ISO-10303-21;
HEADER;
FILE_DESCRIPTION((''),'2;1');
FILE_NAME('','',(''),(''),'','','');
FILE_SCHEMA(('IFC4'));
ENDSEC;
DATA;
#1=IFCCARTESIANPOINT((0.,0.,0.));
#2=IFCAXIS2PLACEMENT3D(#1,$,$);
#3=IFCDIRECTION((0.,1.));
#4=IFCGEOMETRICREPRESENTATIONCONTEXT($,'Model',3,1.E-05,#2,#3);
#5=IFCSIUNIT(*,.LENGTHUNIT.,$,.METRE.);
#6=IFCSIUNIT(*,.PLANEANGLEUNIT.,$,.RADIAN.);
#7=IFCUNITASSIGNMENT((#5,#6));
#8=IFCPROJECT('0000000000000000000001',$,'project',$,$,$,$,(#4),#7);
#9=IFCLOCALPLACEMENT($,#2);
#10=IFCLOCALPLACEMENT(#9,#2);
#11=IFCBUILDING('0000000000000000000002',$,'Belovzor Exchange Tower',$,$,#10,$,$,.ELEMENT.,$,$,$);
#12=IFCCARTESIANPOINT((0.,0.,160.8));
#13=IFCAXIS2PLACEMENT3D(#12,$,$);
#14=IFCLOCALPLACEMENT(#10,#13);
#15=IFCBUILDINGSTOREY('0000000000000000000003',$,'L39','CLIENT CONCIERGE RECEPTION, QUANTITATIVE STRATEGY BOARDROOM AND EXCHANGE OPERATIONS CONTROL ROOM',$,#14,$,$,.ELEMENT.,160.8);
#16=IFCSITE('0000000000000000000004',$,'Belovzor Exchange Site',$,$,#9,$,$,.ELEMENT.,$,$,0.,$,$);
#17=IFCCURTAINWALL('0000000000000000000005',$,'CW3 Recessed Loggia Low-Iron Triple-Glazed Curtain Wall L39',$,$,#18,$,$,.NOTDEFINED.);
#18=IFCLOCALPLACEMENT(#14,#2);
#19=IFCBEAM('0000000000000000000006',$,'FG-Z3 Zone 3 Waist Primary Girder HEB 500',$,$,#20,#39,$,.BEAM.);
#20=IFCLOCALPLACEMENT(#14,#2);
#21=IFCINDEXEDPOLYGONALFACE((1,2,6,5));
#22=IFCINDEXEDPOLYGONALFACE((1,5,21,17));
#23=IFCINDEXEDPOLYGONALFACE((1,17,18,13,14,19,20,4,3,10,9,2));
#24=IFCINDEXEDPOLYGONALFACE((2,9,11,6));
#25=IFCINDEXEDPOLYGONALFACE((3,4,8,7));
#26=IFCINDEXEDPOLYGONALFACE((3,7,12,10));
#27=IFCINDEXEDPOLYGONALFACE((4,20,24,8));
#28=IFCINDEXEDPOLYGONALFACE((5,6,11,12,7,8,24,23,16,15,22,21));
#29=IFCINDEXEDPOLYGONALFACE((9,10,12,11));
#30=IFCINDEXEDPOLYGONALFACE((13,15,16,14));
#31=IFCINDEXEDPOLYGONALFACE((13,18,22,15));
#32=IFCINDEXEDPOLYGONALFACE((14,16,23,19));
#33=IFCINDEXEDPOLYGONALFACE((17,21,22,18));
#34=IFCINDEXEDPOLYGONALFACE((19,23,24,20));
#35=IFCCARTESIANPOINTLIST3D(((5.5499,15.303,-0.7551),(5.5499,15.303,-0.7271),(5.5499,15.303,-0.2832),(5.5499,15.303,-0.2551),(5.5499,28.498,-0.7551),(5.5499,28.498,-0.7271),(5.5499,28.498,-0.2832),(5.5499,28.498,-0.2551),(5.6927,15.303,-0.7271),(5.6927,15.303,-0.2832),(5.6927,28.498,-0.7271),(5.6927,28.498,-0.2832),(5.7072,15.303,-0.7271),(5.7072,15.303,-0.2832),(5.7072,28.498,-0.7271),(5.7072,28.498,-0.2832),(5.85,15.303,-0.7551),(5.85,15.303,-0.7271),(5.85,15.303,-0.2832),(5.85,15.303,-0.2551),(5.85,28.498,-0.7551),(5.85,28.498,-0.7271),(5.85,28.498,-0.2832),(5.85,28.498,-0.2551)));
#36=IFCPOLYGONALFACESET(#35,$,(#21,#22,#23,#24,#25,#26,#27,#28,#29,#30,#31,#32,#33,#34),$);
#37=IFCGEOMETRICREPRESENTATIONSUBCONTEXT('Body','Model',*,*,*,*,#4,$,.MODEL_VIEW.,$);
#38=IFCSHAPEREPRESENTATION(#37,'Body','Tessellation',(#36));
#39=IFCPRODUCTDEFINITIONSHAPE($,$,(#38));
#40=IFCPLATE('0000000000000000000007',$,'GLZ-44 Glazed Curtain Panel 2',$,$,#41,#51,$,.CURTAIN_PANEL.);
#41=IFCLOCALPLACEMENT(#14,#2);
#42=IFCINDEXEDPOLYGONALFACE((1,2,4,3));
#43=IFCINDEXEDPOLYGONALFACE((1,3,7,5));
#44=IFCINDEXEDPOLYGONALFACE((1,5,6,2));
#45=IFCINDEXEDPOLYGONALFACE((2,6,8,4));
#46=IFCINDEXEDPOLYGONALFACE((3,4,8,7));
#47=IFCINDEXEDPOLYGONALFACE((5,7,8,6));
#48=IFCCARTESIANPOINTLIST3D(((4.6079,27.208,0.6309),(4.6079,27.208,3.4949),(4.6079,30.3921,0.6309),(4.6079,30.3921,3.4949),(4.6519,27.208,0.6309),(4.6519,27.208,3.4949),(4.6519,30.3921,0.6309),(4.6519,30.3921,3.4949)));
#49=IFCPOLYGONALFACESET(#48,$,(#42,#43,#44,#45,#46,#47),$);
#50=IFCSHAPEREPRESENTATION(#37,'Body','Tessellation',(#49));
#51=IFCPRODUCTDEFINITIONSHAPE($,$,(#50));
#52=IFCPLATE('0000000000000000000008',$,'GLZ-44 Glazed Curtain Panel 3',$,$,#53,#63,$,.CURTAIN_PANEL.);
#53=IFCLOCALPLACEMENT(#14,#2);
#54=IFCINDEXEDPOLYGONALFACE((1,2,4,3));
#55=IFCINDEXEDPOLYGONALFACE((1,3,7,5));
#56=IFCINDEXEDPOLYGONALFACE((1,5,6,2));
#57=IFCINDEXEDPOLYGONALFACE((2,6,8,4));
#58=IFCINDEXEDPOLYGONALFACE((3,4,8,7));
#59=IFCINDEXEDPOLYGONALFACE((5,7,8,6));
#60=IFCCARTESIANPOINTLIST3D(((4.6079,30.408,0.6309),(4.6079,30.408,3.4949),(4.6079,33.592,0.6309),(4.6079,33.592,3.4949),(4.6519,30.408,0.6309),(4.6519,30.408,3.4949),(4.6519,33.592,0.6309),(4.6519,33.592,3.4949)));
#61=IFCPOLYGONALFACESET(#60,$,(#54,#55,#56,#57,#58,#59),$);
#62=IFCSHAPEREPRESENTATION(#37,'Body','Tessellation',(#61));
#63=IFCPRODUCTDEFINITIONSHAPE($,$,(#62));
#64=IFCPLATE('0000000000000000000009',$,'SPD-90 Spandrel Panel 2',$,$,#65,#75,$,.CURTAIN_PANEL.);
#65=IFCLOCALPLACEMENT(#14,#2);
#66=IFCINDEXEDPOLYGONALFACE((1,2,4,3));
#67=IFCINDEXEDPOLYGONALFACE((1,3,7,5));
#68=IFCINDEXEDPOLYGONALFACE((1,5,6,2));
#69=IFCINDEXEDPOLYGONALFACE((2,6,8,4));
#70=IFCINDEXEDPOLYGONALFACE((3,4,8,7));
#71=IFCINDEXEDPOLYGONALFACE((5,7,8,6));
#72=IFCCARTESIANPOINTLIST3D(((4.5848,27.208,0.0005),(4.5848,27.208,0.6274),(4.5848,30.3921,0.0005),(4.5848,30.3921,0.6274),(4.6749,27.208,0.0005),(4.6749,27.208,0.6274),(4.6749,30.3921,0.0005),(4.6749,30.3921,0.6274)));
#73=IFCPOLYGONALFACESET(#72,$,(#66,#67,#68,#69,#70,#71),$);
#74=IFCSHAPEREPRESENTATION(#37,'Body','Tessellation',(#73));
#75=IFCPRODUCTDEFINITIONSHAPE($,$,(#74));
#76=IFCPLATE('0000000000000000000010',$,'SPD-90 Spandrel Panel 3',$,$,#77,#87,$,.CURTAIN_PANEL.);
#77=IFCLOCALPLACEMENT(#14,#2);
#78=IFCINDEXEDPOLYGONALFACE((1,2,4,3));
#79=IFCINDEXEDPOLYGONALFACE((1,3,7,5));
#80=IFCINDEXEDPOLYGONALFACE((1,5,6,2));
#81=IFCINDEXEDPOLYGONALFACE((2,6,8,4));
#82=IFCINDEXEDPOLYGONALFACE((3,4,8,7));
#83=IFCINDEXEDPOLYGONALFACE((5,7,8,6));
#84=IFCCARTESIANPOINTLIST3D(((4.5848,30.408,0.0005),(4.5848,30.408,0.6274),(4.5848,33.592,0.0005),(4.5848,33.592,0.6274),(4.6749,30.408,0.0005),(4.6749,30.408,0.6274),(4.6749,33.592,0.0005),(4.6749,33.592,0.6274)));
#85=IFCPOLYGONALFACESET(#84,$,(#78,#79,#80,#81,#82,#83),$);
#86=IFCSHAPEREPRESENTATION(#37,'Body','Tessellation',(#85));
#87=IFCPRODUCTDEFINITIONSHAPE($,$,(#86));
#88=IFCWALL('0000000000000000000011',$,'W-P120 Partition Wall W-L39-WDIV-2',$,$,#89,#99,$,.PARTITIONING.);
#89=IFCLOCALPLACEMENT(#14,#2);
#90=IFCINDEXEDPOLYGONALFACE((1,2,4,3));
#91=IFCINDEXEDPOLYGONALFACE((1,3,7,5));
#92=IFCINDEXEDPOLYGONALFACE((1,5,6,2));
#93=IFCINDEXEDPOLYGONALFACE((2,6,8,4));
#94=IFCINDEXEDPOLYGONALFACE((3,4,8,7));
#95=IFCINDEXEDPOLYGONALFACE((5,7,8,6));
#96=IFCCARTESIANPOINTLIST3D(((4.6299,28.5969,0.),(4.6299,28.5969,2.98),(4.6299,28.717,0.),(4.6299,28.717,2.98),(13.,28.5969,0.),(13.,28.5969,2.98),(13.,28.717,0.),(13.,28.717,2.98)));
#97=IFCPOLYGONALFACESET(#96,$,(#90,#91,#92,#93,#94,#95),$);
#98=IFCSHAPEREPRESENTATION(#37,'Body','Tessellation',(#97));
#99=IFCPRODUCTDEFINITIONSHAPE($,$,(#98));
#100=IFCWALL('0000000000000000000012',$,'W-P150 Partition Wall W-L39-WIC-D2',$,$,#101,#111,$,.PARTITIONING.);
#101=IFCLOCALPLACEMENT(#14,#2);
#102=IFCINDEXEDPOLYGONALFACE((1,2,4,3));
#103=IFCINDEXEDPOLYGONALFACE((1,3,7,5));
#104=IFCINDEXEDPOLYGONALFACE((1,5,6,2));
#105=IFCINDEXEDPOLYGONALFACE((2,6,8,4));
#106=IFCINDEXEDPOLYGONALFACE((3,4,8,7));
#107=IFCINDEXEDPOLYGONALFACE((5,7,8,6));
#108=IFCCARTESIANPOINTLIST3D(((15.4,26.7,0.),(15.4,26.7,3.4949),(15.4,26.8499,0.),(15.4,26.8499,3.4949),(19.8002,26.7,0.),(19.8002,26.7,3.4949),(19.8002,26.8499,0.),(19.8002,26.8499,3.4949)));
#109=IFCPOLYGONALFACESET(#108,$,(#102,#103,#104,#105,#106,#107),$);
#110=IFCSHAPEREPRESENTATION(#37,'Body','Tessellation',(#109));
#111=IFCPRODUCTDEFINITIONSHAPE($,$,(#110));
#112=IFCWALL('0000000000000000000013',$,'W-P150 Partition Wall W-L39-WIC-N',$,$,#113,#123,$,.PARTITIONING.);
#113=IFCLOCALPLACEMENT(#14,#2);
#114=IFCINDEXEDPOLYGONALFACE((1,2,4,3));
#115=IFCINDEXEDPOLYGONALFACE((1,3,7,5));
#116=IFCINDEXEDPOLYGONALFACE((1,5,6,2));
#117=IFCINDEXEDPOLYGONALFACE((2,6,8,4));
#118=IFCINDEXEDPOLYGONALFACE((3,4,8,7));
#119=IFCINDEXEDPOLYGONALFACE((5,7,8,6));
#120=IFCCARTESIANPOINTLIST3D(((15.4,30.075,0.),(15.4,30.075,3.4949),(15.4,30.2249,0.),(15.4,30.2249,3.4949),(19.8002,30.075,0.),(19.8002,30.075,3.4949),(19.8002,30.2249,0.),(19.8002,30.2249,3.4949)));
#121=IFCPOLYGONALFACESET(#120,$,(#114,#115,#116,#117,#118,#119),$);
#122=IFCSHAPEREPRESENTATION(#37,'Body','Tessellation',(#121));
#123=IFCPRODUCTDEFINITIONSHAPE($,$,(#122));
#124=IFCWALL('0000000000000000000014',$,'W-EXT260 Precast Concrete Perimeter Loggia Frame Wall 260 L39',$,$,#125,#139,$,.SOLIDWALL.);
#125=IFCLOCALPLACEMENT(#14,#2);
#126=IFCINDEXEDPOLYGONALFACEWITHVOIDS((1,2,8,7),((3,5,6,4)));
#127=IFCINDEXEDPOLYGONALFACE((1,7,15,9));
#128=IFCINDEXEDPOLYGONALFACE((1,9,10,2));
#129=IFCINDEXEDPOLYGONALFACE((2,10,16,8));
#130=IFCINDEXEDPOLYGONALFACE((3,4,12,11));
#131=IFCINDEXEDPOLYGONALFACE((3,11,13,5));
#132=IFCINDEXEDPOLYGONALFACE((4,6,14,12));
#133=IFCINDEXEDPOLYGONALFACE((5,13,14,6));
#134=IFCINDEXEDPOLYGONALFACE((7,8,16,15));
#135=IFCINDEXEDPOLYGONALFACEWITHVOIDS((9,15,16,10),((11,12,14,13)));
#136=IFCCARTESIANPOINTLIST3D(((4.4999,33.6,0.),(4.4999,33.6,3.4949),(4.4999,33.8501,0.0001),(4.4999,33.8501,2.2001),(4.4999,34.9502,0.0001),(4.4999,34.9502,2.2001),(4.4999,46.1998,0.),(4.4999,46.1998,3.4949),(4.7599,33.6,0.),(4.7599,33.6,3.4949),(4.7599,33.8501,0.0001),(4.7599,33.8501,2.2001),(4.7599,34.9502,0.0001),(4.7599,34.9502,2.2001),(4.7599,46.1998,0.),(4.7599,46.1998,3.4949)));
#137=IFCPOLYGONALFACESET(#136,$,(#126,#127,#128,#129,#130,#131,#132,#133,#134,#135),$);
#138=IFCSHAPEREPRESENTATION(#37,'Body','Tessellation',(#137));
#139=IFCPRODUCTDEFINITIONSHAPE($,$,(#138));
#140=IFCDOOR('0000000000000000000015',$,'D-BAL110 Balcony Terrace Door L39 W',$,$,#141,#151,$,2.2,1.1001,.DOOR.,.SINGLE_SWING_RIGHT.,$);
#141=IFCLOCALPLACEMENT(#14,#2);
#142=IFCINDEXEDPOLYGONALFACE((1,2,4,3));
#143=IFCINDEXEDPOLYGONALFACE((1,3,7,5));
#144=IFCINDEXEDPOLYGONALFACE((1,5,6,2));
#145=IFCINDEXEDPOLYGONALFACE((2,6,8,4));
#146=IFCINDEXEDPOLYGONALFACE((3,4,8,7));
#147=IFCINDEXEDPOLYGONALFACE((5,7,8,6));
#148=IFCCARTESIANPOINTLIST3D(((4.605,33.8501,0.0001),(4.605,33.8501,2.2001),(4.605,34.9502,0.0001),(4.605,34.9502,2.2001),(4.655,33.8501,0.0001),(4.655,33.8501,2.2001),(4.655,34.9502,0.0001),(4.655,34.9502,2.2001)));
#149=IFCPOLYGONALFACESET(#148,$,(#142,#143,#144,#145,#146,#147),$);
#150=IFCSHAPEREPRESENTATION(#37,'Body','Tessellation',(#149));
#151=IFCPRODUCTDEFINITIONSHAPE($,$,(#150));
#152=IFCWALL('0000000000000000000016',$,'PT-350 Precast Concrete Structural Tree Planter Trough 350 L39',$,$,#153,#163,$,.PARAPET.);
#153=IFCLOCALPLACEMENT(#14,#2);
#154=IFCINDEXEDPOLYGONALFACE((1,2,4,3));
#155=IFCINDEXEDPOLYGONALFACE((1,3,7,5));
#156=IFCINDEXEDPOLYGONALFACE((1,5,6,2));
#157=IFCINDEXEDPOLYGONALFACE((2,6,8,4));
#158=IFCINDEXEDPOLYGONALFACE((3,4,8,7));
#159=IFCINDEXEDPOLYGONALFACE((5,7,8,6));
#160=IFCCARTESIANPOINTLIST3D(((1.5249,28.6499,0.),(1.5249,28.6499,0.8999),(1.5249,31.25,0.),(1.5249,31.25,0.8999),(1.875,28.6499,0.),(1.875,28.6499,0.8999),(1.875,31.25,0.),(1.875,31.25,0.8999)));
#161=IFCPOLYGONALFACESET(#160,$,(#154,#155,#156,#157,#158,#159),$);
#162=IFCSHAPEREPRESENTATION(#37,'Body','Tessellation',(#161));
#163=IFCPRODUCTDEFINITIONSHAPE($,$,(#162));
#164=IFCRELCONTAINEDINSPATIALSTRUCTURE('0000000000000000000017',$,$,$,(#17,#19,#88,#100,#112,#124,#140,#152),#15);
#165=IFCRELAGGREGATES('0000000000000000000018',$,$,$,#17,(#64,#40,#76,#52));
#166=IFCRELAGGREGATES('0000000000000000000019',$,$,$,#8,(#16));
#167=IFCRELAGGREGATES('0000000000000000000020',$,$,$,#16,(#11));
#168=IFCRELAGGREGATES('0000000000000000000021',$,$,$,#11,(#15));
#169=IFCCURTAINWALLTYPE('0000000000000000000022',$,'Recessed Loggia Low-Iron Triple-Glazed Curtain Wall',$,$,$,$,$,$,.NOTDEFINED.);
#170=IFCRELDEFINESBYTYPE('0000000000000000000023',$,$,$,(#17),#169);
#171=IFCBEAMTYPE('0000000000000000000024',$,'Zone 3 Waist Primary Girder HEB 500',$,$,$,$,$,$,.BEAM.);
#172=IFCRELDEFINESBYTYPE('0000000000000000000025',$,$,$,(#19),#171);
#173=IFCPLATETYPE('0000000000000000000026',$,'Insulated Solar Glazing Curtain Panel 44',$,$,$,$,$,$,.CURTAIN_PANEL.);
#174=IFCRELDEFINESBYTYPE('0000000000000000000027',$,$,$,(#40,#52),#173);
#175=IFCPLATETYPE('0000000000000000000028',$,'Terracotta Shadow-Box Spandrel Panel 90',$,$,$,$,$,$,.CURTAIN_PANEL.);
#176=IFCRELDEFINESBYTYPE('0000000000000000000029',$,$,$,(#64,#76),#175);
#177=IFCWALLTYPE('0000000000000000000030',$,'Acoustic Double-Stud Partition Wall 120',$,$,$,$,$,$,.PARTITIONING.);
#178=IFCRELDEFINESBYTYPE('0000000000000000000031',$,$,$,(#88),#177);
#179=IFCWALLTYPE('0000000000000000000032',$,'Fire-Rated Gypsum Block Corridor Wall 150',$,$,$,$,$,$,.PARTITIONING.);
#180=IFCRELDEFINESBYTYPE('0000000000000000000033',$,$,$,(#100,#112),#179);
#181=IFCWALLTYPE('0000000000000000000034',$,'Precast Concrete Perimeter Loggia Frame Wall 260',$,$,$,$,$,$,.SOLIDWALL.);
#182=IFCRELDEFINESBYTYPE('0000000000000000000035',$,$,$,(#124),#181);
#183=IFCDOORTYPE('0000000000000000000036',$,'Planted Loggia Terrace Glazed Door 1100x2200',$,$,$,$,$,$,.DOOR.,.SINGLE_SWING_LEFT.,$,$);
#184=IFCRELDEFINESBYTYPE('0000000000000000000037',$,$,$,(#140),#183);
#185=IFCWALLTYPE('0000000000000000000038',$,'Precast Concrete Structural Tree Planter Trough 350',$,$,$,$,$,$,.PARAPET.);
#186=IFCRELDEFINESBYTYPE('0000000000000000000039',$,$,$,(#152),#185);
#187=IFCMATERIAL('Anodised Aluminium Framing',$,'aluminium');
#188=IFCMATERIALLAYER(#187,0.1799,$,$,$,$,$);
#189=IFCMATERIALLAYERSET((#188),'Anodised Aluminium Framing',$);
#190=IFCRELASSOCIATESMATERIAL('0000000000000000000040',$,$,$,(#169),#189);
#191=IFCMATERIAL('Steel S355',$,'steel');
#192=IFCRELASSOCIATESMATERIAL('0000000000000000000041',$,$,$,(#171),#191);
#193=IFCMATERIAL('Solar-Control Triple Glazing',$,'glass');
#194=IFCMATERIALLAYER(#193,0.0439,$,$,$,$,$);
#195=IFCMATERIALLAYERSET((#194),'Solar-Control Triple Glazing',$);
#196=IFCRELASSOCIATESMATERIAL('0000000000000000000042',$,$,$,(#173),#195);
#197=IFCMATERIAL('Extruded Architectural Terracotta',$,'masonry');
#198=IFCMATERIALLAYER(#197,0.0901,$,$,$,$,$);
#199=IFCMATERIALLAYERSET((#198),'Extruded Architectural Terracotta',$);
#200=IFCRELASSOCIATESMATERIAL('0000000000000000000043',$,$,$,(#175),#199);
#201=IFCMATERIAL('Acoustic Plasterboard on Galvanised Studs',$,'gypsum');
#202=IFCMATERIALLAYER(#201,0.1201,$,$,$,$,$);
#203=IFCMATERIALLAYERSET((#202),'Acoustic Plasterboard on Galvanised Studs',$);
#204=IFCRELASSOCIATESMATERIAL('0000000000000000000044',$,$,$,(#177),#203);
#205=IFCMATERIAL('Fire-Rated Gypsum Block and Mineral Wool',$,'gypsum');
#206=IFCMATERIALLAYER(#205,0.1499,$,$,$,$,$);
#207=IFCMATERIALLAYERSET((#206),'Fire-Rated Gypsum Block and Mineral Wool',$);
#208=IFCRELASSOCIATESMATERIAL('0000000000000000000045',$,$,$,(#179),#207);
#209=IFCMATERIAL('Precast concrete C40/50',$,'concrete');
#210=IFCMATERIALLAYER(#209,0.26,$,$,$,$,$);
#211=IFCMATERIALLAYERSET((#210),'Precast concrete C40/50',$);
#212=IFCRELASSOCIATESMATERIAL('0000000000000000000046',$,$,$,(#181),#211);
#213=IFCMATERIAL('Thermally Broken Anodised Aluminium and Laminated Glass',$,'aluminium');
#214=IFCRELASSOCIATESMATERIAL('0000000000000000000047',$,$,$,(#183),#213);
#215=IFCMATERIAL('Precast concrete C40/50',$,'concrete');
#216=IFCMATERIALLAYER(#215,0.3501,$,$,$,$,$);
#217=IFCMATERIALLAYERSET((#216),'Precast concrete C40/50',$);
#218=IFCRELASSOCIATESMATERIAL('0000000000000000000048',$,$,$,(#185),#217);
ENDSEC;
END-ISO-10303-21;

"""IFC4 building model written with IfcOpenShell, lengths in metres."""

from ifc_helpers import new_model, si_unit, direction, frame, frame_2d, origin, origin_2d, place, context, subcontext, project, spatial, rectangle, i_section, extrude, material, layer, layer_set, material_profile, profile_set, type_object, element, fill, aggregate, save


model = new_model("IFC4")

# Units and contexts
model_context = context("Model", 3, precision=1e-05, world=origin(), true_north=direction((0.0, 1.0)))
body_context = subcontext(model_context, "Body", "Model", "MODEL_VIEW")
ifc_project = project(units=[si_unit("LENGTHUNIT", "METRE"), si_unit("PLANEANGLEUNIT", "RADIAN")], contexts=[model_context])

# Site, building, storey
site_placement = place(None, origin())
site = spatial("IfcSite", under=ifc_project, at=site_placement, Name="Belovzor Exchange Site", CompositionType="ELEMENT", RefElevation=0.0)
building_placement = place(site_placement, origin())
building = spatial("IfcBuilding", under=site, at=building_placement, Name="Belovzor Exchange Tower", CompositionType="ELEMENT")
storey_placement = place(building_placement, frame((0.0, 0.0, 160.8)))
storey = spatial("IfcBuildingStorey", under=building, at=storey_placement, Name="L39", Description="CLIENT CONCIERGE RECEPTION, QUANTITATIVE STRATEGY BOARDROOM AND EXCHANGE OPERATIONS CONTROL ROOM", CompositionType="ELEMENT", Elevation=160.8)

# Curtain wall
ifc_material_1 = material(Name="Anodised Aluminium Framing", Category="aluminium")
ifc_layer_1 = layer(ifc_material_1, 0.1799)
ifc_layer_set_1 = layer_set([ifc_layer_1], Name="Anodised Aluminium Framing")
curtain_wall_type = type_object("IfcCurtainWallType", Name="Recessed Loggia Low-Iron Triple-Glazed Curtain Wall", PredefinedType="NOTDEFINED", material=ifc_layer_set_1)
curtain_wall_placement = place(storey_placement, origin())
curtain_wall = element("IfcCurtainWall", 1, at=curtain_wall_placement, inside=storey, type_object=curtain_wall_type, Name="CW3 Recessed Loggia Low-Iron Triple-Glazed Curtain Wall L39", PredefinedType="NOTDEFINED")

# Beam
ifc_material_2 = material(Name="Steel S355", Category="steel")
ifc_material_profile_1 = material_profile(ifc_material_2, i_section(OverallWidth=0.3, OverallDepth=0.5, WebThickness=0.0144, FlangeThickness=0.0281, at=origin_2d()))
ifc_profile_set_1 = profile_set([ifc_material_profile_1], Name="Steel S355")
beam_type_1 = type_object("IfcBeamType", Name="Zone 3 Waist Primary Girder HEB 500", PredefinedType="BEAM", material=ifc_profile_set_1)
beam_1_placement = place(storey_placement, frame((5.7, 28.498, -0.5051), z_axis=(0.0, -1.0, 0.0), x_axis=(1.0, 0.0, 0.0)))
element("IfcBeam", 2, at=beam_1_placement, inside=storey, type_object=beam_type_1, Name="FG-Z3 Zone 3 Waist Primary Girder HEB 500", PredefinedType="BEAM", context=body_context, shape_type="SweptSolid", body=[
    extrude(i_section(OverallWidth=0.3, OverallDepth=0.5, WebThickness=0.0144, FlangeThickness=0.0281, at=origin_2d()), origin(), (0.0, 0.0, 1.0), 13.1951),
])

# Plates
ifc_material_3 = material(Name="Solar-Control Triple Glazing", Category="glass")
ifc_layer_2 = layer(ifc_material_3, 0.0439)
ifc_layer_set_2 = layer_set([ifc_layer_2], Name="Solar-Control Triple Glazing")
plate_type_1 = type_object("IfcPlateType", Name="Insulated Solar Glazing Curtain Panel 44", PredefinedType="CURTAIN_PANEL", material=ifc_layer_set_2)
plate_1_placement = place(storey_placement, frame((4.6299, 28.8, 0.6309), z_axis=(0.0, 0.0, 1.0), x_axis=(0.0, 1.0, 0.0)))
plate_1 = element("IfcPlate", 3, at=plate_1_placement, type_object=plate_type_1, Name="GLZ-44 Glazed Curtain Panel 2", PredefinedType="CURTAIN_PANEL", context=body_context, shape_type="SweptSolid", body=[
    extrude(rectangle(XDim=3.1841, YDim=0.0439, at=origin_2d()), origin(), (0.0, 0.0, 1.0), 2.864),
])
plate_2_placement = place(storey_placement, frame((4.6299, 32.0, 0.6309), z_axis=(0.0, 0.0, 1.0), x_axis=(0.0, 1.0, 0.0)))
plate_2 = element("IfcPlate", 4, at=plate_2_placement, type_object=plate_type_1, Name="GLZ-44 Glazed Curtain Panel 3", PredefinedType="CURTAIN_PANEL", context=body_context, shape_type="SweptSolid", body=[
    extrude(rectangle(XDim=3.1841, YDim=0.0439, at=origin_2d()), origin(), (0.0, 0.0, 1.0), 2.864),
])
ifc_material_4 = material(Name="Extruded Architectural Terracotta", Category="masonry")
ifc_layer_3 = layer(ifc_material_4, 0.0901)
ifc_layer_set_3 = layer_set([ifc_layer_3], Name="Extruded Architectural Terracotta")
plate_type_2 = type_object("IfcPlateType", Name="Terracotta Shadow-Box Spandrel Panel 90", PredefinedType="CURTAIN_PANEL", material=ifc_layer_set_3)
plate_3_placement = place(storey_placement, frame((4.6299, 28.8, 0.0005), z_axis=(0.0, 0.0, 1.0), x_axis=(0.0, 1.0, 0.0)))
plate_3 = element("IfcPlate", 5, at=plate_3_placement, type_object=plate_type_2, Name="SPD-90 Spandrel Panel 2", PredefinedType="CURTAIN_PANEL", context=body_context, shape_type="SweptSolid", body=[
    extrude(rectangle(XDim=3.1841, YDim=0.0901, at=origin_2d()), origin(), (0.0, 0.0, 1.0), 0.627),
])
plate_4_placement = place(storey_placement, frame((4.6299, 32.0, 0.0005), z_axis=(0.0, 0.0, 1.0), x_axis=(0.0, 1.0, 0.0)))
plate_4 = element("IfcPlate", 6, at=plate_4_placement, type_object=plate_type_2, Name="SPD-90 Spandrel Panel 3", PredefinedType="CURTAIN_PANEL", context=body_context, shape_type="SweptSolid", body=[
    extrude(rectangle(XDim=3.1841, YDim=0.0901, at=origin_2d()), origin(), (0.0, 0.0, 1.0), 0.627),
])
aggregate(curtain_wall, [plate_3, plate_1, plate_4, plate_2])

# Walls
ifc_material_5 = material(Name="Acoustic Plasterboard on Galvanised Studs", Category="gypsum")
ifc_layer_4 = layer(ifc_material_5, 0.1201)
ifc_layer_set_4 = layer_set([ifc_layer_4], Name="Acoustic Plasterboard on Galvanised Studs")
wall_type_1 = type_object("IfcWallType", Name="Acoustic Double-Stud Partition Wall 120", PredefinedType="PARTITIONING", material=ifc_layer_set_4)
wall_1_placement = place(storey_placement, frame((4.6299, 28.657, 0.0), z_axis=(0.0, 0.0, 1.0), x_axis=(1.0, 0.0, 0.0)))
element("IfcWall", 7, at=wall_1_placement, inside=storey, type_object=wall_type_1, Name="W-P120 Partition Wall W-L39-WDIV-2", PredefinedType="PARTITIONING", context=body_context, shape_type="SweptSolid", body=[
    extrude(rectangle(XDim=8.3701, YDim=0.1201, at=frame_2d((4.1851, 0.0))), origin(), (0.0, 0.0, 1.0), 2.98),
])
ifc_material_6 = material(Name="Fire-Rated Gypsum Block and Mineral Wool", Category="gypsum")
ifc_layer_5 = layer(ifc_material_6, 0.1499)
ifc_layer_set_5 = layer_set([ifc_layer_5], Name="Fire-Rated Gypsum Block and Mineral Wool")
wall_type_2 = type_object("IfcWallType", Name="Fire-Rated Gypsum Block Corridor Wall 150", PredefinedType="PARTITIONING", material=ifc_layer_set_5)
for number, where, z_axis, x_axis, name in (
    (8, (15.3999, 26.7749, 0.0), (0.0, 0.0, 1.0), (1.0, 0.0, 0.0), "W-P150 Partition Wall W-L39-WIC-D2"),
    (9, (15.3999, 30.1499, 0.0), (0.0, 0.0, 1.0), (1.0, 0.0, 0.0), "W-P150 Partition Wall W-L39-WIC-N"),
):
    element("IfcWall", number, at=place(storey_placement, frame(where, z_axis=z_axis, x_axis=x_axis)), inside=storey, type_object=wall_type_2, Name=name, PredefinedType="PARTITIONING", context=body_context, shape_type="SweptSolid", body=[
        extrude(rectangle(XDim=4.4001, YDim=0.1499, at=frame_2d((2.2002, 0.0))), origin(), (0.0, 0.0, 1.0), 3.4949),
    ])

# Wall, opening, door
ifc_material_7 = material(Name="Precast concrete C40/50", Category="concrete")
ifc_layer_6 = layer(ifc_material_7, 0.26)
ifc_layer_set_6 = layer_set([ifc_layer_6], Name="Precast concrete C40/50")
wall_type_3 = type_object("IfcWallType", Name="Precast Concrete Perimeter Loggia Frame Wall 260", PredefinedType="SOLIDWALL", material=ifc_layer_set_6)
wall_2_placement = place(storey_placement, frame((4.6299, 33.6001, 0.0), z_axis=(0.0, 0.0, 1.0), x_axis=(0.0, 1.0, 0.0)))
wall_2 = element("IfcWall", 10, at=wall_2_placement, inside=storey, type_object=wall_type_3, Name="W-EXT260 Precast Concrete Perimeter Loggia Frame Wall 260 L39", PredefinedType="SOLIDWALL", context=body_context, shape_type="SweptSolid", body=[
    extrude(rectangle(XDim=12.5999, YDim=0.26, at=frame_2d((6.2998, 0.0))), origin(), (0.0, 0.0, 1.0), 3.4949),
])
opening_placement = place(wall_2_placement, frame((0.25, 0.0, 0.0)))
opening = element("IfcOpeningElement", 11, at=opening_placement, cuts=wall_2, PredefinedType="OPENING", context=body_context, shape_type="SweptSolid", body=[
    extrude(rectangle(XDim=1.1001, YDim=2.2, at=frame_2d((0.55, 1.1001))), frame((0.0, 0.1399, 0.0), z_axis=(0.0, -1.0, 0.0), x_axis=(1.0, 0.0, 0.0)), (0.0, 0.0, 1.0), 0.28),
])
ifc_material_8 = material(Name="Thermally Broken Anodised Aluminium and Laminated Glass", Category="aluminium")
door_type = type_object("IfcDoorType", Name="Planted Loggia Terrace Glazed Door 1100x2200", OperationType="SINGLE_SWING_LEFT", PredefinedType="DOOR", material=ifc_material_8)
door_placement = place(opening_placement, origin())
door = element("IfcDoor", 12, at=door_placement, inside=storey, type_object=door_type, Name="D-BAL110 Balcony Terrace Door L39 W", OperationType="SINGLE_SWING_RIGHT", OverallHeight=2.2, OverallWidth=1.1001, PredefinedType="DOOR", context=body_context, shape_type="SweptSolid", body=[
    extrude(rectangle(XDim=1.1001, YDim=2.2, at=frame_2d((0.55, 1.1001))), frame((0.0, 0.0249, 0.0), z_axis=(0.0, -1.0, 0.0), x_axis=(1.0, 0.0, 0.0)), (0.0, 0.0, 1.0), 0.05),
])
fill(opening, door)

# Wall
ifc_material_9 = material(Name="Precast concrete C40/50", Category="concrete")
ifc_layer_7 = layer(ifc_material_9, 0.3501)
ifc_layer_set_7 = layer_set([ifc_layer_7], Name="Precast concrete C40/50")
wall_type_4 = type_object("IfcWallType", Name="Precast Concrete Structural Tree Planter Trough 350", PredefinedType="PARAPET", material=ifc_layer_set_7)
wall_3_placement = place(storey_placement, frame((1.7, 28.6499, 0.0), z_axis=(0.0, 0.0, 1.0), x_axis=(0.0, 1.0, 0.0)))
element("IfcWall", 13, at=wall_3_placement, inside=storey, type_object=wall_type_4, Name="PT-350 Precast Concrete Structural Tree Planter Trough 350 L39", PredefinedType="PARAPET", context=body_context, shape_type="SweptSolid", body=[
    extrude(rectangle(XDim=2.6001, YDim=0.3501, at=frame_2d((1.3, 0.0))), origin(), (0.0, 0.0, 1.0), 0.8999),
])

save(model, "model.ifc")
